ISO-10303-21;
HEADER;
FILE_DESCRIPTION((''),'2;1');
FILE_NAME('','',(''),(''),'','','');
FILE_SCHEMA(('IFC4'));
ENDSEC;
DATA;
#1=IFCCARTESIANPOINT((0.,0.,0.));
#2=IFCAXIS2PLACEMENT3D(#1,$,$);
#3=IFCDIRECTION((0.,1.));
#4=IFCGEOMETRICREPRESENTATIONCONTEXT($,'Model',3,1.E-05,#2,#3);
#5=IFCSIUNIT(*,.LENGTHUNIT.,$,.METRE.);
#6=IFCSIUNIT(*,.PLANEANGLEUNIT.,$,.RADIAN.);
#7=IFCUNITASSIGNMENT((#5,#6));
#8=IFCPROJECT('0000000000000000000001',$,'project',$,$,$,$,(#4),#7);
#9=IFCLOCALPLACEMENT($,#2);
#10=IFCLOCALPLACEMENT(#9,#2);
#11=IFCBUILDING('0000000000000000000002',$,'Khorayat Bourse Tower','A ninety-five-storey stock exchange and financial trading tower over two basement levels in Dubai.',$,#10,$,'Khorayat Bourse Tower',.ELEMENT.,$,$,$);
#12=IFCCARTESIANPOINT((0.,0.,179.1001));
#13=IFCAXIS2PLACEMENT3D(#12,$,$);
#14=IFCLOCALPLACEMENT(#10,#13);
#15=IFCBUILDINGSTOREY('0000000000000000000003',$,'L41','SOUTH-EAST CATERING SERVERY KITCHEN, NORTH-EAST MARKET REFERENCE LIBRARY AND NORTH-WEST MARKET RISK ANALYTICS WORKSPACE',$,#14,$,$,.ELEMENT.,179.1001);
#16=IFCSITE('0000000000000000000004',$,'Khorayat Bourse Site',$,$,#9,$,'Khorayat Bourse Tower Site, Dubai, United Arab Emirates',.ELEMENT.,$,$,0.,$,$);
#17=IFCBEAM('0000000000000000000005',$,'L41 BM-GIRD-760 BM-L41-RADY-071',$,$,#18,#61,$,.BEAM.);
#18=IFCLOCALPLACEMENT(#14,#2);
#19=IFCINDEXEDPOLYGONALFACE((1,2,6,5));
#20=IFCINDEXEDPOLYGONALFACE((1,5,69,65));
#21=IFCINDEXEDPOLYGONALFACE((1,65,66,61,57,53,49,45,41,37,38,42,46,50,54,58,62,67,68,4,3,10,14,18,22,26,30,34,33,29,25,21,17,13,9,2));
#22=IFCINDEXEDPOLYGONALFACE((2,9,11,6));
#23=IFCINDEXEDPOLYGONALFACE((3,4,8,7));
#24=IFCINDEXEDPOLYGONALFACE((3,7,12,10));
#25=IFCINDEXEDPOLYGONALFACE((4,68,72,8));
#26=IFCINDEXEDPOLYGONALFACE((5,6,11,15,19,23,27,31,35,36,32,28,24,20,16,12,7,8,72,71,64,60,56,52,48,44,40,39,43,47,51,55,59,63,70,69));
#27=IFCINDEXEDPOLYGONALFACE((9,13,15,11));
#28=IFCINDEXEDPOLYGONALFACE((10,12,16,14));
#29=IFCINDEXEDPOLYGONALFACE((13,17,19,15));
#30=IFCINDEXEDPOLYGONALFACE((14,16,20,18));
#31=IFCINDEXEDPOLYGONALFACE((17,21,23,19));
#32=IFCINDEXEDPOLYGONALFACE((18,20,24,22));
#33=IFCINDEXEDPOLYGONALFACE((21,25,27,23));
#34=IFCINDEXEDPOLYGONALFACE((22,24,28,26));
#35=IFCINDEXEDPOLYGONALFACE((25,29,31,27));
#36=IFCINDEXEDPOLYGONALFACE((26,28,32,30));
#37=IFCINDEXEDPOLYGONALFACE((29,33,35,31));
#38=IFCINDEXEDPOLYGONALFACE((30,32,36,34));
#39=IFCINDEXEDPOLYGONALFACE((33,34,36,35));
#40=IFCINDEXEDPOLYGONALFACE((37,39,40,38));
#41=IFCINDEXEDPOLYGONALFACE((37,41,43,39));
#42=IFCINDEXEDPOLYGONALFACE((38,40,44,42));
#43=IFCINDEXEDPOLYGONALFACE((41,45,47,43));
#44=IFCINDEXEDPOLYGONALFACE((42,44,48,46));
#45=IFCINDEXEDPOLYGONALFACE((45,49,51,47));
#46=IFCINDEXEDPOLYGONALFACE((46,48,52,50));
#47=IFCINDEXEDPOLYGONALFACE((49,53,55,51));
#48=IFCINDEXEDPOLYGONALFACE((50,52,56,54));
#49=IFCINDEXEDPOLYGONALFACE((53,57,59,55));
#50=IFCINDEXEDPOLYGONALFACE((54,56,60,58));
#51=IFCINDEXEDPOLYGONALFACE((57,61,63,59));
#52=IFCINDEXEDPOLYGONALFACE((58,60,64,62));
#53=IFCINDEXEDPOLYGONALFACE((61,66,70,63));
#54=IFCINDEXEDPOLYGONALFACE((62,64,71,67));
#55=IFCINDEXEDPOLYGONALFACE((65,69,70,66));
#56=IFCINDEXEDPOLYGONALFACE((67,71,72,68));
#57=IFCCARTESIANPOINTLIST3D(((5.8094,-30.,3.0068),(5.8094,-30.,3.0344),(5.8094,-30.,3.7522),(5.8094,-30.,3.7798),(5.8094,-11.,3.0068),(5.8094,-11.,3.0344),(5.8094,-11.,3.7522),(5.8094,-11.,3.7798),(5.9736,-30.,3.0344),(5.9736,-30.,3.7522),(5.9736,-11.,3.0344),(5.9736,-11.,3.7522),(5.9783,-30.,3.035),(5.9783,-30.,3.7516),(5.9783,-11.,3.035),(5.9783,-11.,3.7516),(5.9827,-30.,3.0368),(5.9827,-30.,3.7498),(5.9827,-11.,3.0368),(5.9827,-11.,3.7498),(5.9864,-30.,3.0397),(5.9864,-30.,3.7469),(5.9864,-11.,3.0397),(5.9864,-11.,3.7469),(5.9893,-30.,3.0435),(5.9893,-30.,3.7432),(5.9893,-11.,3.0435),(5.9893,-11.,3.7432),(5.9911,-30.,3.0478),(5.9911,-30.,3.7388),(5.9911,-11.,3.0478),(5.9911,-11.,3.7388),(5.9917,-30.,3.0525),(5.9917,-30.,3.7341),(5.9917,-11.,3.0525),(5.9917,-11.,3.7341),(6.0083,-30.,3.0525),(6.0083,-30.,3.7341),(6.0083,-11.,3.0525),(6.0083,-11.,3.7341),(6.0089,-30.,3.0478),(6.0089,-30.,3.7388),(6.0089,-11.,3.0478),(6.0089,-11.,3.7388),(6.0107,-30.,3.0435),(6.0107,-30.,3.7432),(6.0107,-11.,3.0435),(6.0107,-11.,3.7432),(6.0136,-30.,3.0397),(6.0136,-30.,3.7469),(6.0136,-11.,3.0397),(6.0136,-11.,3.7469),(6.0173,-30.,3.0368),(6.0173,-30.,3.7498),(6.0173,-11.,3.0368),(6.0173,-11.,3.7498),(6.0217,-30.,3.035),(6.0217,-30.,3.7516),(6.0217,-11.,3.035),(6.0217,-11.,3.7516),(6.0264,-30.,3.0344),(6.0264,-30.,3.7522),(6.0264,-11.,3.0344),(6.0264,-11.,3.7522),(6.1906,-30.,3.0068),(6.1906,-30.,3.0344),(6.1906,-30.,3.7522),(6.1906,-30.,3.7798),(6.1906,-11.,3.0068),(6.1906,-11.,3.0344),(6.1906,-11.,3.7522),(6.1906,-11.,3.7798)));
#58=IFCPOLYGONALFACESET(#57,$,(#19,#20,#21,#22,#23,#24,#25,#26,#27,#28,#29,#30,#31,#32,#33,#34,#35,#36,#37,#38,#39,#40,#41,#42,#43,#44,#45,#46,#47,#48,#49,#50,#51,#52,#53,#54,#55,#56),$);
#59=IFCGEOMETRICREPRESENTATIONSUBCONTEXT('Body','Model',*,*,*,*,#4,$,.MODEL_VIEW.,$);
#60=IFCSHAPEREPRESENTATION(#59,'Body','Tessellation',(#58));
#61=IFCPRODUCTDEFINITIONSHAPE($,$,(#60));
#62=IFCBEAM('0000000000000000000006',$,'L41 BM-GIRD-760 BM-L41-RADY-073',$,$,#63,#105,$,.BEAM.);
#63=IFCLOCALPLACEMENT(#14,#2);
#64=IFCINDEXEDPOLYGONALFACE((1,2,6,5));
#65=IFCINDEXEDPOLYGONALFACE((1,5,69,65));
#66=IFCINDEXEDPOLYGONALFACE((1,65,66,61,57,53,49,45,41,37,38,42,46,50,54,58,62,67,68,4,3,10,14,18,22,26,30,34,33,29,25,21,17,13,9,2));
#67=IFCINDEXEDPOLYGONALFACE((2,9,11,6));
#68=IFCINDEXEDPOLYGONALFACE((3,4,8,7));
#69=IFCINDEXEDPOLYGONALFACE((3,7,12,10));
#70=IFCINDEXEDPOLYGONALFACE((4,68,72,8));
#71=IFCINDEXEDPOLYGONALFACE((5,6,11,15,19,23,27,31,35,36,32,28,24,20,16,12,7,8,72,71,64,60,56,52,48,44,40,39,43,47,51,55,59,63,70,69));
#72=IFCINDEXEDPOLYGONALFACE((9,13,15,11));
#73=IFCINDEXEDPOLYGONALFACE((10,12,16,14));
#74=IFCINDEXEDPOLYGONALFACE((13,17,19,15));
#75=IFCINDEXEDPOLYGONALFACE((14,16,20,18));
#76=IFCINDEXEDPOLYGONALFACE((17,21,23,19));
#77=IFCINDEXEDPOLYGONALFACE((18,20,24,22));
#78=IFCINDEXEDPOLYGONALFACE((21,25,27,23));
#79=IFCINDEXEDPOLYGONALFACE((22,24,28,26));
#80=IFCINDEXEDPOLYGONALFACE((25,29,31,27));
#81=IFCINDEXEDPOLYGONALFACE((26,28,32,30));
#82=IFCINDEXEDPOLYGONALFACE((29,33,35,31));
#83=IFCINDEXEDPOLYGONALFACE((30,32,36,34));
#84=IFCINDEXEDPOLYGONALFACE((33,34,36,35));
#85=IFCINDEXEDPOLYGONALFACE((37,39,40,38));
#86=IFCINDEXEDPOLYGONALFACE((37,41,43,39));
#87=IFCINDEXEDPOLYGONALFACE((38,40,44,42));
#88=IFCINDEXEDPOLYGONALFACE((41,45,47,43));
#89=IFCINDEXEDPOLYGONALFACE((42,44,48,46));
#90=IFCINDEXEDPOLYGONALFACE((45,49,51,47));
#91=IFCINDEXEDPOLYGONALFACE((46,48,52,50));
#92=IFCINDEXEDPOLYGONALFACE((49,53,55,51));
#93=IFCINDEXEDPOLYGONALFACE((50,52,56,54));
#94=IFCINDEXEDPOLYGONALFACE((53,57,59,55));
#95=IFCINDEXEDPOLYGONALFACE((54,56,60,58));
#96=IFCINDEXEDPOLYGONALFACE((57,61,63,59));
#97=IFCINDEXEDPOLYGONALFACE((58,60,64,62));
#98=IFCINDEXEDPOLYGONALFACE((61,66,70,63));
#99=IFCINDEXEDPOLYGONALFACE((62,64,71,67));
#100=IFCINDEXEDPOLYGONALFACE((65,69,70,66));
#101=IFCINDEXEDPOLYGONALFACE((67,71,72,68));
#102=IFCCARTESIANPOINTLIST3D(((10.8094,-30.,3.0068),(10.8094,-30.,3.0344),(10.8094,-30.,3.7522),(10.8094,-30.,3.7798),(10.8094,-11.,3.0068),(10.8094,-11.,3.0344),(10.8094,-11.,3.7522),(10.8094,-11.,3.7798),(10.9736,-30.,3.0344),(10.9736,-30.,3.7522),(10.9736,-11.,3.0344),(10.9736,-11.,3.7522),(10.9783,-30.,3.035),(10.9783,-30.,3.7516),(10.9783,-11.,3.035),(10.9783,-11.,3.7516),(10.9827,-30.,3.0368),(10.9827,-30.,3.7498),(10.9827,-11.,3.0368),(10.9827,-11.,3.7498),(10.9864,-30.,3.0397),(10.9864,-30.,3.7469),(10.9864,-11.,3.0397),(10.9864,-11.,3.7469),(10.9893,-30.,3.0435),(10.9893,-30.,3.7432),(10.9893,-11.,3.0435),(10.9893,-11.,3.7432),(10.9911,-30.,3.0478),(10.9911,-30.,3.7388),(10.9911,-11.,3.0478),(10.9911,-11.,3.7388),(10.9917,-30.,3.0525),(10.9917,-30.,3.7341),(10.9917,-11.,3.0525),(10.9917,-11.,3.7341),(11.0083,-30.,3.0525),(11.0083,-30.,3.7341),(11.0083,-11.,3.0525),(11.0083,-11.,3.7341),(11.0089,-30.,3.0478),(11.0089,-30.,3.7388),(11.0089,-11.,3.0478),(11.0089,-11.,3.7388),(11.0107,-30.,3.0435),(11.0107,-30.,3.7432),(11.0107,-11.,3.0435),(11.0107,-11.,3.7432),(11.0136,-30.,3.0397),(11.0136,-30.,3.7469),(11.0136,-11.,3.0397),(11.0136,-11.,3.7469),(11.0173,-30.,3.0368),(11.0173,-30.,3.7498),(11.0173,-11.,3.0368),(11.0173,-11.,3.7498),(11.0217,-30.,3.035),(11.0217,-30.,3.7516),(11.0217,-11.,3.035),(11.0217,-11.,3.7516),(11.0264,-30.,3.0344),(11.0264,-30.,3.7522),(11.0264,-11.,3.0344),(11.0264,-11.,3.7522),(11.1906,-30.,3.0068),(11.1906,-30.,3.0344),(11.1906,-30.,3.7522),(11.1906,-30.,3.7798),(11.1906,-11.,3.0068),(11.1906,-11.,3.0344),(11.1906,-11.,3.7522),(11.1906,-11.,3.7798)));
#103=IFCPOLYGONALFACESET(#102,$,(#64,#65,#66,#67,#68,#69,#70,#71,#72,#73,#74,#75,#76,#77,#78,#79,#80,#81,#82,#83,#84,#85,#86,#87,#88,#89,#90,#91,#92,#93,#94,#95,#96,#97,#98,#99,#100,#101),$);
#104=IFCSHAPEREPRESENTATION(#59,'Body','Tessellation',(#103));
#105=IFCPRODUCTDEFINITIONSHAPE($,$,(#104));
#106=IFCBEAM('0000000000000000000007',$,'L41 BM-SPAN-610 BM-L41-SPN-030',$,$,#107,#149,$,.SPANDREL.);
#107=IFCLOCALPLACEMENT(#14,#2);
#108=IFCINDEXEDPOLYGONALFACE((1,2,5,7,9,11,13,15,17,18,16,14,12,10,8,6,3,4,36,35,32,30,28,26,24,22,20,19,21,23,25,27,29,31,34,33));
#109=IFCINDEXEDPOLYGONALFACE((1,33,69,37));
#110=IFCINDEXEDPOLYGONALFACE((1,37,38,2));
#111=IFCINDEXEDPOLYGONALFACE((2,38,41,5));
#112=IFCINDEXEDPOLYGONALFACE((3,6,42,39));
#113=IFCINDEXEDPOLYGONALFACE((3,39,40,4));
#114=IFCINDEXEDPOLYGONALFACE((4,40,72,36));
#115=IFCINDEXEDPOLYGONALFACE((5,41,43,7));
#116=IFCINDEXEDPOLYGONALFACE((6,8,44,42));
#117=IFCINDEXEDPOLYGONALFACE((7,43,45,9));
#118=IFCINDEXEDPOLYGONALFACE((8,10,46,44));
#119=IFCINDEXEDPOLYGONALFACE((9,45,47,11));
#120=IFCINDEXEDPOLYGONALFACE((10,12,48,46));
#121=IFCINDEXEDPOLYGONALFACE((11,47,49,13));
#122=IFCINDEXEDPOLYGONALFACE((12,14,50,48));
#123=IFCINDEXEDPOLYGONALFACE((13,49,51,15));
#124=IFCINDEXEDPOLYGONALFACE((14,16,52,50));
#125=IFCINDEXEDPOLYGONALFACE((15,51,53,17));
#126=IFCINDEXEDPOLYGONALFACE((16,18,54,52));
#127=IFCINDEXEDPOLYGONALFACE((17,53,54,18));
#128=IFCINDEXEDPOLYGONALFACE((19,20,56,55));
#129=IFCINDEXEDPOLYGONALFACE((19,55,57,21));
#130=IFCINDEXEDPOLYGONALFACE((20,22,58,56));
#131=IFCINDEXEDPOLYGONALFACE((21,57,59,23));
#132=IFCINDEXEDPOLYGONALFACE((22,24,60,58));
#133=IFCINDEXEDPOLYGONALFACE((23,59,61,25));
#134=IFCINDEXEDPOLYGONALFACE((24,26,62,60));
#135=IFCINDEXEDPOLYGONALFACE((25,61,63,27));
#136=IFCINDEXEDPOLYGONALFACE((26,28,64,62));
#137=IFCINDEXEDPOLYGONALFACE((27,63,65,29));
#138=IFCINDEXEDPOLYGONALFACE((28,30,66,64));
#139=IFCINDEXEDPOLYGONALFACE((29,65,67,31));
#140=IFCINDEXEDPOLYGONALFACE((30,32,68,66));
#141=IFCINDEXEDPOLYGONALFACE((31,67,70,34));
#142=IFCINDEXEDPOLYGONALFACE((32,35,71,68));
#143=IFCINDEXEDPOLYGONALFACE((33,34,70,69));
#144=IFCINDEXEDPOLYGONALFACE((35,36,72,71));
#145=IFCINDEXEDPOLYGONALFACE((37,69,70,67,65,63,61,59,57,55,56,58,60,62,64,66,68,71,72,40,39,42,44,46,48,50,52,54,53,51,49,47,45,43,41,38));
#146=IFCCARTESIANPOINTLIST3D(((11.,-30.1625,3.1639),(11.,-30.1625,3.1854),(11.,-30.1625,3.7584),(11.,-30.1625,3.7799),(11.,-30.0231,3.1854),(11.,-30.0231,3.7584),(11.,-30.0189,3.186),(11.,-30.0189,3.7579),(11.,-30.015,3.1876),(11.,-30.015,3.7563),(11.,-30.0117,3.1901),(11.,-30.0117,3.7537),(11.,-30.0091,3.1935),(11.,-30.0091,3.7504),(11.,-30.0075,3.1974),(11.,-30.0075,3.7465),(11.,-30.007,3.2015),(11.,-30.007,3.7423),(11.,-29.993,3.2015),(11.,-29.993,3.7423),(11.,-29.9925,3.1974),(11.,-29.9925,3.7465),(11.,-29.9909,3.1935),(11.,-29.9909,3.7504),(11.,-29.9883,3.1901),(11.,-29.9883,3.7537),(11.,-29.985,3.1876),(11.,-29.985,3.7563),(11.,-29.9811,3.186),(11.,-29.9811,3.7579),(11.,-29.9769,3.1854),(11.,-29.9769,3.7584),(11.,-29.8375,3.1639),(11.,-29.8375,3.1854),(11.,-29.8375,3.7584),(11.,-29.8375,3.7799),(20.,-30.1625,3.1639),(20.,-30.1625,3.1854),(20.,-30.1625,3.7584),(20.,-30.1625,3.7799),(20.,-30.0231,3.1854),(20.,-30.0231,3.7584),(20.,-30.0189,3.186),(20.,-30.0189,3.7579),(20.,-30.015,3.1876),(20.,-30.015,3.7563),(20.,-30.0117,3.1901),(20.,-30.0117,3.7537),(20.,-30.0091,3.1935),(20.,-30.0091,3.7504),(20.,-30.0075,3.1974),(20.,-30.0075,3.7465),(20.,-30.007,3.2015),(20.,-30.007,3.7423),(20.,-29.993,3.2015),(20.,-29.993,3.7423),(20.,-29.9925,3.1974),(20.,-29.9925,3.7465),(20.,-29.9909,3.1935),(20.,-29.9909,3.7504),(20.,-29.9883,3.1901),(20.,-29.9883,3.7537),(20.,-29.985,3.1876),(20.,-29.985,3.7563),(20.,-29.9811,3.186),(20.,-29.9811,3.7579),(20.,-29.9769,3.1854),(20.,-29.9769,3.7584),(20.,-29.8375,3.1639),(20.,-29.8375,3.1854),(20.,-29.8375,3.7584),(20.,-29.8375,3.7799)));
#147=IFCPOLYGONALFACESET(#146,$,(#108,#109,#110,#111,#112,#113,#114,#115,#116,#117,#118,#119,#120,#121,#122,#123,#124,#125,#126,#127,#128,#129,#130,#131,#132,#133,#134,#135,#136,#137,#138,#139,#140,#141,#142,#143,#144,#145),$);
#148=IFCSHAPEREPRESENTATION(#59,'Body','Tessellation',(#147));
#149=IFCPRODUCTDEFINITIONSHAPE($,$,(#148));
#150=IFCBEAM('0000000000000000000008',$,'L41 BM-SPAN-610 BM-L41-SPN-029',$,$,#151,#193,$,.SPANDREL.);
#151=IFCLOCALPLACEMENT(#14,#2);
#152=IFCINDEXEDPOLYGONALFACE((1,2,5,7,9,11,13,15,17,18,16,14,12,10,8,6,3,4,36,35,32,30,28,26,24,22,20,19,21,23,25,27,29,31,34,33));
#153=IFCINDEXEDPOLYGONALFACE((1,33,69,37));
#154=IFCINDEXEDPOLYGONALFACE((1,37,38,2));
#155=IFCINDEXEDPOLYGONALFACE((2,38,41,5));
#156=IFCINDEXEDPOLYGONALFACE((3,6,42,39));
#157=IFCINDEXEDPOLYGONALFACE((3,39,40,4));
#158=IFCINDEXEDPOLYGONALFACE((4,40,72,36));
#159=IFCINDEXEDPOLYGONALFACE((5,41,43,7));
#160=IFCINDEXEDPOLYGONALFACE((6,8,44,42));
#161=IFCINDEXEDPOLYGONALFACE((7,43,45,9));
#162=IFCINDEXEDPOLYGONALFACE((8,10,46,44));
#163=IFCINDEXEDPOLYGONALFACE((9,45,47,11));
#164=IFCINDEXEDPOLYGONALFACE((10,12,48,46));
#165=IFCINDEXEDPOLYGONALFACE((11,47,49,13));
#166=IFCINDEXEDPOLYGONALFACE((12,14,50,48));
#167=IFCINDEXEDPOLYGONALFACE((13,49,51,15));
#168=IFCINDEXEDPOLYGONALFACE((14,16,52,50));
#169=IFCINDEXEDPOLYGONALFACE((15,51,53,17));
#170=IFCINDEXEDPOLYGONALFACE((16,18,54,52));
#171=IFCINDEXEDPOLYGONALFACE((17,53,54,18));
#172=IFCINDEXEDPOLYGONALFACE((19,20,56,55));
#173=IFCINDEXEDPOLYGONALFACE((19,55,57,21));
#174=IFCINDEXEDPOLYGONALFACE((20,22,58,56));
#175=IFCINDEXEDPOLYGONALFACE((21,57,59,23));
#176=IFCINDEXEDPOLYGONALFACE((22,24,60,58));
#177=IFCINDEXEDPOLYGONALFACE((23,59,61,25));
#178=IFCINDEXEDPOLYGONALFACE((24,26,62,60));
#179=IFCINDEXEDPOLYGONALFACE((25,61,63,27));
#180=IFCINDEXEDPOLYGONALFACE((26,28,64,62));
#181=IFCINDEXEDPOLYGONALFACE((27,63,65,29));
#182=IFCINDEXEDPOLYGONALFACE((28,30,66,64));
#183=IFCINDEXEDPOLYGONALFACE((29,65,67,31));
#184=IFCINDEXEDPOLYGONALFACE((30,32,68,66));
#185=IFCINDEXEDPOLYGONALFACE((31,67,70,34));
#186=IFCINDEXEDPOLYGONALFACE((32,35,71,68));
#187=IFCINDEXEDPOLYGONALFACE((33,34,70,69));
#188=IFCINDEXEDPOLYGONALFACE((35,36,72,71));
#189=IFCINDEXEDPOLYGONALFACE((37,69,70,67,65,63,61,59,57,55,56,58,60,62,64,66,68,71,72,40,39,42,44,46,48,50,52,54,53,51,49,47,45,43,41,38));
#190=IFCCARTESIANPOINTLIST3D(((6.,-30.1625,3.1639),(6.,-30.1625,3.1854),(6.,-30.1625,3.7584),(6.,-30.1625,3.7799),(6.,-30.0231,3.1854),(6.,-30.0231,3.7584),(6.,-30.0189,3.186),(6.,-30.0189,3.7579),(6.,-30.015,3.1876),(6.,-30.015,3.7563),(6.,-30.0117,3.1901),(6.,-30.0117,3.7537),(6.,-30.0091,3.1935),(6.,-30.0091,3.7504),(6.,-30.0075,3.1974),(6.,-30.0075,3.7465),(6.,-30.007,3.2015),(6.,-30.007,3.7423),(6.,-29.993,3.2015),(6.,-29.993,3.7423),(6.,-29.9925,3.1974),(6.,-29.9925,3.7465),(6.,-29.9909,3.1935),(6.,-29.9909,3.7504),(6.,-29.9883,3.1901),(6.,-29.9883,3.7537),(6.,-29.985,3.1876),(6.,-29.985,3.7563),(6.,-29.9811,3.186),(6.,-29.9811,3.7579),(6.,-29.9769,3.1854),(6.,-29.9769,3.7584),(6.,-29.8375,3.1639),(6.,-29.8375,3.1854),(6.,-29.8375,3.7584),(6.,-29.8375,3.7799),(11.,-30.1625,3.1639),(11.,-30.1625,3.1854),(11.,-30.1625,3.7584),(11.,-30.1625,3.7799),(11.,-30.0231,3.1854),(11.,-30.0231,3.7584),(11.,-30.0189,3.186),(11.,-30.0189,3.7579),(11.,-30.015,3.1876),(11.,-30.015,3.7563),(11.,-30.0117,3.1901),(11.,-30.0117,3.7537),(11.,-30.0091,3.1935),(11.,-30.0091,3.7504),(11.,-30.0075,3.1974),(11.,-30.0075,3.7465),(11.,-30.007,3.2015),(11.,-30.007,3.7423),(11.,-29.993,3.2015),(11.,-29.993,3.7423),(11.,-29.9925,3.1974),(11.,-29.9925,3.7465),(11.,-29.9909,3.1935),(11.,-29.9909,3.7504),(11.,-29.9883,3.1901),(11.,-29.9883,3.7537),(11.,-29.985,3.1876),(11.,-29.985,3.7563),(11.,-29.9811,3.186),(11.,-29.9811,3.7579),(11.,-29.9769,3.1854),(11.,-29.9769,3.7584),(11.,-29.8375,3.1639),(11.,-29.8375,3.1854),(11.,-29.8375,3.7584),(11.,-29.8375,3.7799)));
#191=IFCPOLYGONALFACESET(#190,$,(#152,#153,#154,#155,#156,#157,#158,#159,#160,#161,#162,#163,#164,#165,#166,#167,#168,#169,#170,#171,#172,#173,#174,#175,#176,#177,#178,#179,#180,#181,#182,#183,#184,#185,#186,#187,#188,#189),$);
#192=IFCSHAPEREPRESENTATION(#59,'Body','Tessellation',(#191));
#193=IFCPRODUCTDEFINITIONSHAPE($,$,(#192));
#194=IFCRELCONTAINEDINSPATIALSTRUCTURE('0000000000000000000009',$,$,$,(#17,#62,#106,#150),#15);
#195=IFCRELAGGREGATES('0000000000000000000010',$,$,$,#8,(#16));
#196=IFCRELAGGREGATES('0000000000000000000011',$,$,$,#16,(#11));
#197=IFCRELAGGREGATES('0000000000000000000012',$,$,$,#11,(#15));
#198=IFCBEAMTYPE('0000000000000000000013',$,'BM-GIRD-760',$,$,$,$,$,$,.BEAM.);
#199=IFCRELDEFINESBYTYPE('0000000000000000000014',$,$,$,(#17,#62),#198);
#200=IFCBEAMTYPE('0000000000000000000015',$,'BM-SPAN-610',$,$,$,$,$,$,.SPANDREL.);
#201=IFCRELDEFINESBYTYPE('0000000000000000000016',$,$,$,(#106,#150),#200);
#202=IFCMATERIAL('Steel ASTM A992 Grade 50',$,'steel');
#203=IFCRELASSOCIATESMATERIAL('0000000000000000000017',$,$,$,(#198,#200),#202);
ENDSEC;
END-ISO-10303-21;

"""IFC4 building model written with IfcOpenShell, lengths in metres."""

from ifc_helpers import new_model, si_unit, direction, frame, origin, origin_2d, place, context, subcontext, project, spatial, i_section, extrude, source, transform, mapped, material, material_profile, profile_set, type_object, element, save


model = new_model("IFC4")

# Units and contexts
model_context = context("Model", 3, precision=1e-05, world=origin(), true_north=direction((0.0, 1.0)))
body_context = subcontext(model_context, "Body", "Model", "MODEL_VIEW")
ifc_project = project(units=[si_unit("LENGTHUNIT", "METRE"), si_unit("PLANEANGLEUNIT", "RADIAN")], contexts=[model_context])

# Site, building, storey
site_placement = place(None, origin())
site = spatial("IfcSite", under=ifc_project, at=site_placement, Name="Khorayat Bourse Site", LongName="Khorayat Bourse Tower Site, Dubai, United Arab Emirates", CompositionType="ELEMENT", RefElevation=0.0)
building_placement = place(site_placement, origin())
building = spatial("IfcBuilding", under=site, at=building_placement, Name="Khorayat Bourse Tower", Description="A ninety-five-storey stock exchange and financial trading tower over two basement levels in Dubai.", LongName="Khorayat Bourse Tower", CompositionType="ELEMENT")
storey_placement = place(building_placement, frame((0.0, 0.0, 179.1001)))
storey = spatial("IfcBuildingStorey", under=building, at=storey_placement, Name="L41", Description="SOUTH-EAST CATERING SERVERY KITCHEN, NORTH-EAST MARKET REFERENCE LIBRARY AND NORTH-WEST MARKET RISK ANALYTICS WORKSPACE", CompositionType="ELEMENT", Elevation=179.1001)

# Beams
ifc_material_1 = material(Name="Steel ASTM A992 Grade 50", Category="steel")
ifc_material_profile_1 = material_profile(ifc_material_1, i_section(OverallWidth=0.3811, OverallDepth=0.7729, WebThickness=0.0166, FlangeThickness=0.0276, FilletRadius=0.0181, at=origin_2d()), Name="W760X257")
ifc_profile_set_1 = profile_set([ifc_material_profile_1], Name="Steel ASTM A992 Grade 50")
beam_type_1 = type_object("IfcBeamType", Name="BM-GIRD-760", PredefinedType="BEAM", material=ifc_profile_set_1)
shared_shape_1 = source(origin(), body_context, "Body", "SweptSolid", [
    extrude(i_section(OverallWidth=0.3811, OverallDepth=0.7729, WebThickness=0.0166, FlangeThickness=0.0276, FilletRadius=0.0181, at=origin_2d()), origin(), (0.0, 0.0, 1.0), 19.0),
])
for number, where, z_axis, x_axis, name in (
    (1, (6.0, -30.0, 3.3933), (0.0, 1.0, 0.0), (-1.0, 0.0, 0.0), "L41 BM-GIRD-760 BM-L41-RADY-071"),
    (2, (11.0, -30.0, 3.3933), (0.0, 1.0, 0.0), (-1.0, 0.0, 0.0), "L41 BM-GIRD-760 BM-L41-RADY-073"),
):
    element("IfcBeam", number, at=place(storey_placement, frame(where, z_axis=z_axis, x_axis=x_axis)), inside=storey, type_object=beam_type_1, Name=name, PredefinedType="BEAM", context=body_context, shape_type="MappedRepresentation", body=[
        mapped(shared_shape_1, transform((0.0, 0.0, 0.0), scale=1.0)),
    ])
ifc_material_profile_2 = material_profile(ifc_material_1, i_section(OverallWidth=0.325, OverallDepth=0.616, WebThickness=0.0139, FlangeThickness=0.0215, FilletRadius=0.0161, at=origin_2d()), Name="W610X174")
ifc_profile_set_2 = profile_set([ifc_material_profile_2], Name="Steel ASTM A992 Grade 50")
beam_type_2 = type_object("IfcBeamType", Name="BM-SPAN-610", PredefinedType="SPANDREL", material=ifc_profile_set_2)
shared_shape_2 = source(origin(), body_context, "Body", "SweptSolid", [
    extrude(i_section(OverallWidth=0.325, OverallDepth=0.616, WebThickness=0.0139, FlangeThickness=0.0215, FilletRadius=0.0161, at=origin_2d()), origin(), (0.0, 0.0, 1.0), 9.0),
])
beam_1_placement = place(storey_placement, frame((11.0, -30.0, 3.4719), z_axis=(1.0, 0.0, 0.0), x_axis=(0.0, 1.0, 0.0)))
element("IfcBeam", 3, at=beam_1_placement, inside=storey, type_object=beam_type_2, Name="L41 BM-SPAN-610 BM-L41-SPN-030", PredefinedType="SPANDREL", context=body_context, shape_type="MappedRepresentation", body=[
    mapped(shared_shape_2, transform((0.0, 0.0, 0.0), scale=1.0)),
])
shared_shape_3 = source(origin(), body_context, "Body", "SweptSolid", [
    extrude(i_section(OverallWidth=0.325, OverallDepth=0.616, WebThickness=0.0139, FlangeThickness=0.0215, FilletRadius=0.0161, at=origin_2d()), origin(), (0.0, 0.0, 1.0), 5.0),
])
beam_2_placement = place(storey_placement, frame((6.0, -30.0, 3.4719), z_axis=(1.0, 0.0, 0.0), x_axis=(0.0, 1.0, 0.0)))
element("IfcBeam", 4, at=beam_2_placement, inside=storey, type_object=beam_type_2, Name="L41 BM-SPAN-610 BM-L41-SPN-029", PredefinedType="SPANDREL", context=body_context, shape_type="MappedRepresentation", body=[
    mapped(shared_shape_3, transform((0.0, 0.0, 0.0), scale=1.0)),
])

save(model, "model.ifc")
